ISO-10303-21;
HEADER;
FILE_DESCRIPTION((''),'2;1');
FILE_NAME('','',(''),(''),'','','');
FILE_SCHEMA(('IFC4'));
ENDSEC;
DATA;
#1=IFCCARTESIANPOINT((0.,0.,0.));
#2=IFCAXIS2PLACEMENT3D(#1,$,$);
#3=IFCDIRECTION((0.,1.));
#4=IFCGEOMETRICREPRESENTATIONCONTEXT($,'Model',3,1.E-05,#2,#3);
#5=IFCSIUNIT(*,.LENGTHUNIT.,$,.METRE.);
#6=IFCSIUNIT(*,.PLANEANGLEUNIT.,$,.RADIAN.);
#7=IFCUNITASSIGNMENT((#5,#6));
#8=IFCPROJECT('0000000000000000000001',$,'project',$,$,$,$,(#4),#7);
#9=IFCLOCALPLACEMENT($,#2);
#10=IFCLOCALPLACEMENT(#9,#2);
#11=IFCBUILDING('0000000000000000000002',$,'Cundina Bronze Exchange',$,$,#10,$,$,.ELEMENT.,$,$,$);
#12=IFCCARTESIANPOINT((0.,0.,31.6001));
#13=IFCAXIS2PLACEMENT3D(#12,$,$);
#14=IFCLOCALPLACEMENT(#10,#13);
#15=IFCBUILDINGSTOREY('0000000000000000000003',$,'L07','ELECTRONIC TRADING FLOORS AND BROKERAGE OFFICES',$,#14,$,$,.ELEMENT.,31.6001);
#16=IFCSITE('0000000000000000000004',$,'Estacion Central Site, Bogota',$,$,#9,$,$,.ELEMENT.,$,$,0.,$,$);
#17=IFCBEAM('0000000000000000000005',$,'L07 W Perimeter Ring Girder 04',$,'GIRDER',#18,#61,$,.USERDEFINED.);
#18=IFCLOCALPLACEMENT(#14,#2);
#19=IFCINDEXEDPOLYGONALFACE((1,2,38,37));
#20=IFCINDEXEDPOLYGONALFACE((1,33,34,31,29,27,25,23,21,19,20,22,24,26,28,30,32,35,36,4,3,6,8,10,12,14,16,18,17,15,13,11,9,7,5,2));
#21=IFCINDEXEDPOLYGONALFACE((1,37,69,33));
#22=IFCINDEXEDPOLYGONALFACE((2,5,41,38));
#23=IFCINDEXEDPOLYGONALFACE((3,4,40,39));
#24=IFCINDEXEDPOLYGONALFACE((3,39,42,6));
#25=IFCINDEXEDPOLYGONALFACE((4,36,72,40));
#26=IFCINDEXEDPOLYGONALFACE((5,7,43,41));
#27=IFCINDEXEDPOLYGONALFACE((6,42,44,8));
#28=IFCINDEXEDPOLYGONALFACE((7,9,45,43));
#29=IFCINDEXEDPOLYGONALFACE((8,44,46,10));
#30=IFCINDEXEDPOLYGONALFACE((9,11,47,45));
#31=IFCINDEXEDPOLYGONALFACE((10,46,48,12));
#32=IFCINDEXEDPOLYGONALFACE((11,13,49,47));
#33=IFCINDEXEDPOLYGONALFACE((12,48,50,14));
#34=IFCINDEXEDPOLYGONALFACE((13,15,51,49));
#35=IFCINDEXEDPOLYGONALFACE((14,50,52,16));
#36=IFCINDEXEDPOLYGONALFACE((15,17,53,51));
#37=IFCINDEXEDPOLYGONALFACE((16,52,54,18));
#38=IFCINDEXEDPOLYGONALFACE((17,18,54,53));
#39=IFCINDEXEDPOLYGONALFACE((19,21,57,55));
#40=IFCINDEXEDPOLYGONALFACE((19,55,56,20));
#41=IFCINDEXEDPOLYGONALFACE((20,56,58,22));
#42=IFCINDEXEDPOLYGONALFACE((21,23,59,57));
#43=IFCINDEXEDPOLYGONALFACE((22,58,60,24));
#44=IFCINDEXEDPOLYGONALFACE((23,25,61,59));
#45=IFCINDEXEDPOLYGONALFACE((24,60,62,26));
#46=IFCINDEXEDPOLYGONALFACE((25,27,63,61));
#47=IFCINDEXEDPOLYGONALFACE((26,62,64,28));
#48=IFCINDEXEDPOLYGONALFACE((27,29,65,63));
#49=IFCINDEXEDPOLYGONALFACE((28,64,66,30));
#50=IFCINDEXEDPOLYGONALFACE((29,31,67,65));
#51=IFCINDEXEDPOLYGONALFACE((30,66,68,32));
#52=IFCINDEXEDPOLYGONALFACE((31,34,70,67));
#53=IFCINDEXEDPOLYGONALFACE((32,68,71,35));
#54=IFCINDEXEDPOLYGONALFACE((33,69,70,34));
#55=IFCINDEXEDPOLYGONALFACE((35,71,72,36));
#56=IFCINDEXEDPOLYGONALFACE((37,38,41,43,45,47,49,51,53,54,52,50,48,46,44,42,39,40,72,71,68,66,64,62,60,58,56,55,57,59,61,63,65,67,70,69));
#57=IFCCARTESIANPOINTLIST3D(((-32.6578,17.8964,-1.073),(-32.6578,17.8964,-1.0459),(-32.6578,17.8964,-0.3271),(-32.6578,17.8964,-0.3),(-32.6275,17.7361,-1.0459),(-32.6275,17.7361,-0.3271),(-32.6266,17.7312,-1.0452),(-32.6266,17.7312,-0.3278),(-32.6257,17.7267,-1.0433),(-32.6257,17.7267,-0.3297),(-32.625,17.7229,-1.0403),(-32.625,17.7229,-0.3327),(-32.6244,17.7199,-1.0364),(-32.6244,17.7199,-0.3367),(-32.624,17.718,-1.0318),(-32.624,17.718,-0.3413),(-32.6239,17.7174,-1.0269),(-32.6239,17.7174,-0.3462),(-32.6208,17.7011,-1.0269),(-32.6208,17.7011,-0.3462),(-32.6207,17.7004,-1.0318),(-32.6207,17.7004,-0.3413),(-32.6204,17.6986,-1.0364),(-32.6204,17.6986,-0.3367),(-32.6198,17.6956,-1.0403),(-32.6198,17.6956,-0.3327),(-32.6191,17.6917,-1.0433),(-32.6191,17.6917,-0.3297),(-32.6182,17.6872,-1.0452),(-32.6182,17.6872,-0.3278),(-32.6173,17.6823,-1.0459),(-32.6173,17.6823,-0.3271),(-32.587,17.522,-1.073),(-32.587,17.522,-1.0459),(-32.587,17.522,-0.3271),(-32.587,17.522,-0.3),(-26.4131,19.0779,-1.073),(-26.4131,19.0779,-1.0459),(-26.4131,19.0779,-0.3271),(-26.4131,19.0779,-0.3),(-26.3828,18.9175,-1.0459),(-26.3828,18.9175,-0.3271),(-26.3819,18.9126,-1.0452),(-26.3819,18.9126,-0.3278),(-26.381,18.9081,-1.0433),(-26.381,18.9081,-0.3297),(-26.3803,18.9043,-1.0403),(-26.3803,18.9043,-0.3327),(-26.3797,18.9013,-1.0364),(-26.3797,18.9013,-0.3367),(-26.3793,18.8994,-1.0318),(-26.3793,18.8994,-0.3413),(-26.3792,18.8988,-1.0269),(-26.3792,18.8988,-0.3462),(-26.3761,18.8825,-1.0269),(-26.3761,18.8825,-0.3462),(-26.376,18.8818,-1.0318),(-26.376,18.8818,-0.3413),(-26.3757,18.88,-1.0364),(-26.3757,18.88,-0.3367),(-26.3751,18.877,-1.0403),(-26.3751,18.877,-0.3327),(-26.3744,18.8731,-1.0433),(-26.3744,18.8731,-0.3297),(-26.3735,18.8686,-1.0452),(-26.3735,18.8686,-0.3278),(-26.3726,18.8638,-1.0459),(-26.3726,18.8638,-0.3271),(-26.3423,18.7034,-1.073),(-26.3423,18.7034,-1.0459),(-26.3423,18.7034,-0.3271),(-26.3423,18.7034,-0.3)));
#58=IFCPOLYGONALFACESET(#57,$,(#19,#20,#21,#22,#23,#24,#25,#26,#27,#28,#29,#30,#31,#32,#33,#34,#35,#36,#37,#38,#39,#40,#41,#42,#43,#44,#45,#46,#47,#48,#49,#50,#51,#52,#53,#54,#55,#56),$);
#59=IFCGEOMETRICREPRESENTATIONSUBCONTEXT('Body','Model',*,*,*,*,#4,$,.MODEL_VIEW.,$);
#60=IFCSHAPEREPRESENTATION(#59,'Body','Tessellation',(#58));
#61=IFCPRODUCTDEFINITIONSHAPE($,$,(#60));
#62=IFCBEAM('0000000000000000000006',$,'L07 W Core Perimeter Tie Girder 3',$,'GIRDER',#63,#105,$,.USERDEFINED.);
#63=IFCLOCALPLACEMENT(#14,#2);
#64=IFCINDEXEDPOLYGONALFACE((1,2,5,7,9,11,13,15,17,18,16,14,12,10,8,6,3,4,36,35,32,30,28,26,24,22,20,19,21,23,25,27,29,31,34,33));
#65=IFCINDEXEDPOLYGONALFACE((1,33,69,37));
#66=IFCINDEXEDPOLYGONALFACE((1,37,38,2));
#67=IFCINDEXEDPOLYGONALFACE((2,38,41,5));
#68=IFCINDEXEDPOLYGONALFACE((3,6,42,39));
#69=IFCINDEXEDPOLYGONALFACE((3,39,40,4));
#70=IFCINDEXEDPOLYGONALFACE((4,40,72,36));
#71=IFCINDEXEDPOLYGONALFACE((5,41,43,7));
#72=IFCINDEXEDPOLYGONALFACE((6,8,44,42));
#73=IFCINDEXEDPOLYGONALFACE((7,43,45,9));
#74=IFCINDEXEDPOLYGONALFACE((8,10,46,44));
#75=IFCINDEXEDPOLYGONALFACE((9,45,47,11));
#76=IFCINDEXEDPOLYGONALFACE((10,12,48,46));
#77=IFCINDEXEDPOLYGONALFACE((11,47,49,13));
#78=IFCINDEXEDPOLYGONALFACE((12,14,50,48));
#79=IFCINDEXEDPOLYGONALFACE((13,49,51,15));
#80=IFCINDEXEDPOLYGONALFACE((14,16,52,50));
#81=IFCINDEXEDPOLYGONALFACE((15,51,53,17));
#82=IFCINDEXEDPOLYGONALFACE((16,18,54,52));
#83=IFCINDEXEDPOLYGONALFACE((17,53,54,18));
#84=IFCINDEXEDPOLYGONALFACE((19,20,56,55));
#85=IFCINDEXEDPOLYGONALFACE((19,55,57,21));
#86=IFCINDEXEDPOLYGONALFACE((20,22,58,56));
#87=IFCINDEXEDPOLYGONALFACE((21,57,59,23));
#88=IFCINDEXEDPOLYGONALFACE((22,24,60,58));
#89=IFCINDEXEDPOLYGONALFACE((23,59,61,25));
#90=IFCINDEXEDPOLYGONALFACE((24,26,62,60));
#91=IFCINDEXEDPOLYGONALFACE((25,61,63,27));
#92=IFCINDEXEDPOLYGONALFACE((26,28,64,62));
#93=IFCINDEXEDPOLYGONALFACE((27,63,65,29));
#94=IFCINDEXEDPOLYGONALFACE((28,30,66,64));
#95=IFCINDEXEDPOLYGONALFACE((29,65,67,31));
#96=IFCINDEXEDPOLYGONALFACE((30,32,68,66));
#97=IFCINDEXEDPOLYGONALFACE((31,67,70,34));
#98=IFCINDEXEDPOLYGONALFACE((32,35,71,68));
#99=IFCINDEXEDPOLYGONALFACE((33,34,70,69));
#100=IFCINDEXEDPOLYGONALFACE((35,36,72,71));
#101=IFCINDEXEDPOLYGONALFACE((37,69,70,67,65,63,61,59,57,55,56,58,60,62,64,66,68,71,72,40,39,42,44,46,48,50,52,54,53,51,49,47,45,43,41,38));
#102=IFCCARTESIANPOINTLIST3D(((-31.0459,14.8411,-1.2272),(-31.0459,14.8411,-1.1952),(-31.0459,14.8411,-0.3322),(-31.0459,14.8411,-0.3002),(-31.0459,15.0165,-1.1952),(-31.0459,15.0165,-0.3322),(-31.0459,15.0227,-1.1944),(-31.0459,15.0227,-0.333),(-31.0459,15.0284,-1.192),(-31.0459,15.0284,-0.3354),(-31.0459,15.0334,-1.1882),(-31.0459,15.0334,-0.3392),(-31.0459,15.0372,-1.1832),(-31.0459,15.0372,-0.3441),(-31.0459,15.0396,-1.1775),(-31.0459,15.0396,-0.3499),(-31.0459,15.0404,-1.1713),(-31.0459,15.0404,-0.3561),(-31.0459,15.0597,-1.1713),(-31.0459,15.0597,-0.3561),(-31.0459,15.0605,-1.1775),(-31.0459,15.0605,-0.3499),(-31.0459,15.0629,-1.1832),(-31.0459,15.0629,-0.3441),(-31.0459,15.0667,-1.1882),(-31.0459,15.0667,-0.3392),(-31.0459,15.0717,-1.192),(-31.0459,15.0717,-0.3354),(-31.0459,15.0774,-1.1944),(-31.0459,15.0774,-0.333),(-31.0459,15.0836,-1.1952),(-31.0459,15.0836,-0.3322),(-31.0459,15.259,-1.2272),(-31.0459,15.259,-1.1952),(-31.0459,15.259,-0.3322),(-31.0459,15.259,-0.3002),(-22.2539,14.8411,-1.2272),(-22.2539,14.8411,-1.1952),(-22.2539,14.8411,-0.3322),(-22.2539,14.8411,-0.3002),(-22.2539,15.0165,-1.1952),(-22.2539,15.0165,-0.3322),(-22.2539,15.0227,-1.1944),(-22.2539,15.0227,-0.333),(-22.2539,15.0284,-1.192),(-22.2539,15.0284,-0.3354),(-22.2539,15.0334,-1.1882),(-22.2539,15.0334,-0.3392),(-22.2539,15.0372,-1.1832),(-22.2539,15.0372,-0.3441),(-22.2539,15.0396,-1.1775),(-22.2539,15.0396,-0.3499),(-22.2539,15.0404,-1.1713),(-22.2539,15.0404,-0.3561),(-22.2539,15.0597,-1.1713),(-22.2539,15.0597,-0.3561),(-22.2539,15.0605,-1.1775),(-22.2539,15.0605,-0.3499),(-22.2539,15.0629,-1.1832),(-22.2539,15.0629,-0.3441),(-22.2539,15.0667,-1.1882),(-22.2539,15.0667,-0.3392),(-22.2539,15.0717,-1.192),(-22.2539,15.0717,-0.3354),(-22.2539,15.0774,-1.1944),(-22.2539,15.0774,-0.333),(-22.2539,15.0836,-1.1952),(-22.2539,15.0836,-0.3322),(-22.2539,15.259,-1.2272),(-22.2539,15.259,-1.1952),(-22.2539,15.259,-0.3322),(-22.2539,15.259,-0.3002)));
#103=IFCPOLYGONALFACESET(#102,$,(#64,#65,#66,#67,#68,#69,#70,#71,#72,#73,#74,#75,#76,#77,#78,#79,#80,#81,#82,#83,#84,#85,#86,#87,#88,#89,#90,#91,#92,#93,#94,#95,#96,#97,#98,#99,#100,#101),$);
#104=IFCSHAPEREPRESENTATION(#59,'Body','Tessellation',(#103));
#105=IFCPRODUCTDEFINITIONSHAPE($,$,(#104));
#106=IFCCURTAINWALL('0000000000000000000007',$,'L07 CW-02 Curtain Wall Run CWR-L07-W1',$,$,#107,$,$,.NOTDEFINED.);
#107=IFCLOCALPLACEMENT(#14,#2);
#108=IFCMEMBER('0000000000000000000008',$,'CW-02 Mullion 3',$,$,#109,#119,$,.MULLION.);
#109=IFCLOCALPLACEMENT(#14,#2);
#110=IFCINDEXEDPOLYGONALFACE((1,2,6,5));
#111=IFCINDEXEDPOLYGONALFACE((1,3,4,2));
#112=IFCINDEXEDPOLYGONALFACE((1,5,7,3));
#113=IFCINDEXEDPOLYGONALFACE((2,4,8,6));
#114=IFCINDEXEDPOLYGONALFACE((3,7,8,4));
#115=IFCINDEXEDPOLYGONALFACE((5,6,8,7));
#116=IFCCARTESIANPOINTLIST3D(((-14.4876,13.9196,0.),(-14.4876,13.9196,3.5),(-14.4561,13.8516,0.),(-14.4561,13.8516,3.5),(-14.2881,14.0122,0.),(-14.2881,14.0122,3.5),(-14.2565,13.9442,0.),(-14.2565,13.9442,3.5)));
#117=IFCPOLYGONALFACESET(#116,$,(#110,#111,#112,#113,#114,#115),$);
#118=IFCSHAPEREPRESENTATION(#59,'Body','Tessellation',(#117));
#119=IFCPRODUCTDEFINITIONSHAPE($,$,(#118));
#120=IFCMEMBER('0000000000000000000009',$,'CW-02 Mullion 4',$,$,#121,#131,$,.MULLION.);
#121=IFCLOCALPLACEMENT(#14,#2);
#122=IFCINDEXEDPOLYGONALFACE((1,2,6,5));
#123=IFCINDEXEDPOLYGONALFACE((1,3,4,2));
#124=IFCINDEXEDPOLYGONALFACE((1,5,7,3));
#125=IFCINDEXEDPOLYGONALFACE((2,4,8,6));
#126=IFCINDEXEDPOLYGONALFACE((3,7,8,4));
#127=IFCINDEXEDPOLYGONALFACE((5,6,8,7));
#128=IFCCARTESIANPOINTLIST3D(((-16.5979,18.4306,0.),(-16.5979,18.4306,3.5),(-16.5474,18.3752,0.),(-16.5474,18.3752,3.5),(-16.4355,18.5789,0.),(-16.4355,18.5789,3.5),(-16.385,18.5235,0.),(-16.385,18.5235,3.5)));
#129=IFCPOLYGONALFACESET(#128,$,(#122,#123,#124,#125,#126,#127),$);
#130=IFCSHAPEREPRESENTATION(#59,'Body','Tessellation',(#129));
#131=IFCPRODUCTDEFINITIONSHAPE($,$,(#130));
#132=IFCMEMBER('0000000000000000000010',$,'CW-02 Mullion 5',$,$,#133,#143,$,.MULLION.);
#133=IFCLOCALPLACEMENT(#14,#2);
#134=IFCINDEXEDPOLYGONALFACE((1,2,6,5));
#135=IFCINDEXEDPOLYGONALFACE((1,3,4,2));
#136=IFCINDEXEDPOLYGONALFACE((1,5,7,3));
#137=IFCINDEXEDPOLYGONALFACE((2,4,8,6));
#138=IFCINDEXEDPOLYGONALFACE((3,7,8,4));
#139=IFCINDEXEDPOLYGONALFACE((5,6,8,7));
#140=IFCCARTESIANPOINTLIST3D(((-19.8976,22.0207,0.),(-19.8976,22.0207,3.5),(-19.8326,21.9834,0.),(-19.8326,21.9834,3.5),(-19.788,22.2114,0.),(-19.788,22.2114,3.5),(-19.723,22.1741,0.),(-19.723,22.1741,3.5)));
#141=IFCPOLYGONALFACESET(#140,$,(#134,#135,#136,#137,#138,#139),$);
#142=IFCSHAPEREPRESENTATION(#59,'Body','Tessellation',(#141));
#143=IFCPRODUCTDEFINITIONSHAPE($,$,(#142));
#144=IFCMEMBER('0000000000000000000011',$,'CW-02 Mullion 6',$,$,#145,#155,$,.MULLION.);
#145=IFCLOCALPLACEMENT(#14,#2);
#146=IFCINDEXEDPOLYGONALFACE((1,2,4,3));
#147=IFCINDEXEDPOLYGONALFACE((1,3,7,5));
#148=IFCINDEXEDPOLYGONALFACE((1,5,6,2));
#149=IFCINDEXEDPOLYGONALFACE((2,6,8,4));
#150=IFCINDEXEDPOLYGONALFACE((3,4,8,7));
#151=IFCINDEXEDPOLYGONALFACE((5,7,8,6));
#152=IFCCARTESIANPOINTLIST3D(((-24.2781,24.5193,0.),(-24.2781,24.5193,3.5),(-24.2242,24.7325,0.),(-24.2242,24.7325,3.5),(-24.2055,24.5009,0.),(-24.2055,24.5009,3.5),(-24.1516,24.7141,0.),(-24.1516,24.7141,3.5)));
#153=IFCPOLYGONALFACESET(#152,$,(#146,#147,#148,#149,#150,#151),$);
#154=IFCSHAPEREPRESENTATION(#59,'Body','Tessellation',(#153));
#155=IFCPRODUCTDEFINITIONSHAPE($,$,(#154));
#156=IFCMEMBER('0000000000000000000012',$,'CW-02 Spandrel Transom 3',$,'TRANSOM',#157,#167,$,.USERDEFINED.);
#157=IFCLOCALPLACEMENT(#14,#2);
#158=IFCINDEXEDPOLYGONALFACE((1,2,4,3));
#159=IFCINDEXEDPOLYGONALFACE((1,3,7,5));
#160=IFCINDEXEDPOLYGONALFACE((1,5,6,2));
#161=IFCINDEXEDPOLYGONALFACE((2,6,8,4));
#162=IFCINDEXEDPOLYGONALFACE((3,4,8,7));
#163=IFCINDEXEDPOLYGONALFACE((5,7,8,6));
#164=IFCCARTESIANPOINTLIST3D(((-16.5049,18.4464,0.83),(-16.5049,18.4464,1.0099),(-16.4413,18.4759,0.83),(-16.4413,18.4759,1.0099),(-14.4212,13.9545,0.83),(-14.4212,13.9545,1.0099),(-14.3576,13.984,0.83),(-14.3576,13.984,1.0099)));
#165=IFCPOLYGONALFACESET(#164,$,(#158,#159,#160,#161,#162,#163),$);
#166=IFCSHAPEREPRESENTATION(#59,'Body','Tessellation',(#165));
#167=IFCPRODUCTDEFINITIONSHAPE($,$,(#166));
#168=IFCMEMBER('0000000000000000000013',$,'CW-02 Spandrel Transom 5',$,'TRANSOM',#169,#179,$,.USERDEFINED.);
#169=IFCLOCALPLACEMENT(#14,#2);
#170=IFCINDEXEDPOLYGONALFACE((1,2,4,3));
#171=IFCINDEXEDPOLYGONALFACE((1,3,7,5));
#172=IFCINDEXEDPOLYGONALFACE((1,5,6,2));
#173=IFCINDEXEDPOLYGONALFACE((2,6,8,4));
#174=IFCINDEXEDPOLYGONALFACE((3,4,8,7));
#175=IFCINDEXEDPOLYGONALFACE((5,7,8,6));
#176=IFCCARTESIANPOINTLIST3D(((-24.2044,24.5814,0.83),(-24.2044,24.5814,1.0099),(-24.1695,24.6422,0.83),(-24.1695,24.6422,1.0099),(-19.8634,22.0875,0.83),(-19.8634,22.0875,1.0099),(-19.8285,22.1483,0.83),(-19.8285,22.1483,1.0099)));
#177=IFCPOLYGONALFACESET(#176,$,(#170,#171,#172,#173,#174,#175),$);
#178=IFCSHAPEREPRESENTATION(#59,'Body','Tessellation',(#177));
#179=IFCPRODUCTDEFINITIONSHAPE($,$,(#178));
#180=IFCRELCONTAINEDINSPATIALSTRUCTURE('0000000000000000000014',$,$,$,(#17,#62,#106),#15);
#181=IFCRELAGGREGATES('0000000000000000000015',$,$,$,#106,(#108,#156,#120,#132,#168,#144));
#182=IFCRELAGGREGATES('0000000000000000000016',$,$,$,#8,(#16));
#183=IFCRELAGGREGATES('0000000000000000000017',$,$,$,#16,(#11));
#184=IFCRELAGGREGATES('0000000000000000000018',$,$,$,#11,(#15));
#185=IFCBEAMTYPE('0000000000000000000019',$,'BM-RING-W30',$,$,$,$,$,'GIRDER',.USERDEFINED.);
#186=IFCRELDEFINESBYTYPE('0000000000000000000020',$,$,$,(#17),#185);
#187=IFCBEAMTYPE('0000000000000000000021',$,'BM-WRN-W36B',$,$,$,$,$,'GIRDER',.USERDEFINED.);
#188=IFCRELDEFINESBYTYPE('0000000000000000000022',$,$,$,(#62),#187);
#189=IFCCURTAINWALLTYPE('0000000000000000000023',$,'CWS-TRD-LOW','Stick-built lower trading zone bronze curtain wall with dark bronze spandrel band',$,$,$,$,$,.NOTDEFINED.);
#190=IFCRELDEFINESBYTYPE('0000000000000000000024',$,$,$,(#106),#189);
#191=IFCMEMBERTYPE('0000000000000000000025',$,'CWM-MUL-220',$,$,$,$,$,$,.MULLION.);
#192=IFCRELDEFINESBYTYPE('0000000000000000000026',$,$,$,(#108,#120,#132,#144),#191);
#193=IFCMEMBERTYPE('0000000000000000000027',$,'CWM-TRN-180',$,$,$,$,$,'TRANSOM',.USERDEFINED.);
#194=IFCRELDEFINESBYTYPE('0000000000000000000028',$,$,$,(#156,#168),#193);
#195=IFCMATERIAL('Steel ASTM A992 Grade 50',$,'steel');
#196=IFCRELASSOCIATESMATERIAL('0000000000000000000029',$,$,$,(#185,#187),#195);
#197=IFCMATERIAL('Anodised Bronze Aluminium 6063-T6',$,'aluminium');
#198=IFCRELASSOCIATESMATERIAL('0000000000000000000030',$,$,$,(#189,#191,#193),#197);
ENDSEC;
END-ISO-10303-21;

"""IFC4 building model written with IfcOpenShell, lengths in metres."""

from ifc_helpers import new_model, si_unit, direction, frame, origin, origin_2d, place, context, subcontext, project, spatial, rectangle, i_section, extrude, material, material_profile, profile_set, type_object, element, aggregate, save


model = new_model("IFC4")

# Units and contexts
model_context = context("Model", 3, precision=1e-05, world=origin(), true_north=direction((0.0, 1.0)))
body_context = subcontext(model_context, "Body", "Model", "MODEL_VIEW")
ifc_project = project(units=[si_unit("LENGTHUNIT", "METRE"), si_unit("PLANEANGLEUNIT", "RADIAN")], contexts=[model_context])

# Site, building, storey
site_placement = place(None, origin())
site = spatial("IfcSite", under=ifc_project, at=site_placement, Name="Estacion Central Site, Bogota", CompositionType="ELEMENT", RefElevation=0.0)
building_placement = place(site_placement, origin())
building = spatial("IfcBuilding", under=site, at=building_placement, Name="Cundina Bronze Exchange", CompositionType="ELEMENT")
storey_placement = place(building_placement, frame((0.0, 0.0, 31.6001)))
storey = spatial("IfcBuildingStorey", under=building, at=storey_placement, Name="L07", Description="ELECTRONIC TRADING FLOORS AND BROKERAGE OFFICES", CompositionType="ELEMENT", Elevation=31.6001)

# Shared definitions
ifc_material_1 = material(Name="Steel ASTM A992 Grade 50", Category="steel")

# Beams
ifc_material_profile_1 = material_profile(ifc_material_1, i_section(OverallWidth=0.3811, OverallDepth=0.7729, WebThickness=0.0166, FlangeThickness=0.0271, FilletRadius=0.019, at=origin_2d()), Name="W30X173", Category="steel")
ifc_profile_set_1 = profile_set([ifc_material_profile_1], Name="Steel ASTM A992 Grade 50")
beam_type_1 = type_object("IfcBeamType", Name="BM-RING-W30", ElementType="GIRDER", PredefinedType="USERDEFINED", material=ifc_profile_set_1)
beam_1_placement = place(storey_placement, frame((-26.3777, 18.8906, -0.6865), z_axis=(-0.982571, -0.185889, 0.0), x_axis=(0.185889, -0.982571, 0.0)))
element("IfcBeam", 1, at=beam_1_placement, inside=storey, type_object=beam_type_1, Name="L07 W Perimeter Ring Girder 04", ObjectType="GIRDER", PredefinedType="USERDEFINED", context=body_context, shape_type="SweptSolid", body=[
    extrude(i_section(OverallWidth=0.3811, OverallDepth=0.7729, WebThickness=0.0166, FlangeThickness=0.0271, FilletRadius=0.019, at=origin_2d()), origin(), (0.0, 0.0, 1.0), 6.3555),
])
ifc_material_profile_2 = material_profile(ifc_material_1, i_section(OverallWidth=0.418, OverallDepth=0.927, WebThickness=0.0193, FlangeThickness=0.032, FilletRadius=0.0239, at=origin_2d()), Name="W36X231", Category="steel")
ifc_profile_set_2 = profile_set([ifc_material_profile_2], Name="Steel ASTM A992 Grade 50")
beam_type_2 = type_object("IfcBeamType", Name="BM-WRN-W36B", ElementType="GIRDER", PredefinedType="USERDEFINED", material=ifc_profile_set_2)
beam_2_placement = place(storey_placement, frame((-22.2539, 15.05, -0.7637), z_axis=(-1.0, 0.0, 0.0), x_axis=(0.0, -1.0, 0.0)))
element("IfcBeam", 2, at=beam_2_placement, inside=storey, type_object=beam_type_2, Name="L07 W Core Perimeter Tie Girder 3", ObjectType="GIRDER", PredefinedType="USERDEFINED", context=body_context, shape_type="SweptSolid", body=[
    extrude(i_section(OverallWidth=0.418, OverallDepth=0.927, WebThickness=0.0193, FlangeThickness=0.032, FilletRadius=0.0239, at=origin_2d()), origin(), (0.0, 0.0, 1.0), 8.792),
])

# Curtain wall, members
ifc_material_2 = material(Name="Anodised Bronze Aluminium 6063-T6", Category="aluminium")
curtain_wall_type = type_object("IfcCurtainWallType", Name="CWS-TRD-LOW", Description="Stick-built lower trading zone bronze curtain wall with dark bronze spandrel band", PredefinedType="NOTDEFINED", material=ifc_material_2)
curtain_wall_placement = place(storey_placement, origin())
curtain_wall = element("IfcCurtainWall", 3, at=curtain_wall_placement, inside=storey, type_object=curtain_wall_type, Name="L07 CW-02 Curtain Wall Run CWR-L07-W1", PredefinedType="NOTDEFINED")
ifc_material_profile_3 = material_profile(ifc_material_2, rectangle(XDim=0.075, YDim=0.22, at=origin_2d()), Name="AL75X220", Category="aluminium")
ifc_profile_set_3 = profile_set([ifc_material_profile_3], Name="Anodised Bronze Aluminium 6063-T6")
member_type_1 = type_object("IfcMemberType", Name="CWM-MUL-220", PredefinedType="MULLION", material=ifc_profile_set_3)
member_1_placement = place(storey_placement, frame((-14.3721, 13.9319, 0.0), z_axis=(0.0, 0.0, 1.0), x_axis=(-0.420877, 0.907117, 0.0)))
member_1 = element("IfcMember", 4, at=member_1_placement, type_object=member_type_1, Name="CW-02 Mullion 3", PredefinedType="MULLION", context=body_context, shape_type="SweptSolid", body=[
    extrude(rectangle(XDim=0.075, YDim=0.22, at=origin_2d()), origin(), (0.0, 0.0, 1.0), 3.5),
])
member_2_placement = place(storey_placement, frame((-16.4915, 18.4771, 0.0), z_axis=(0.0, 0.0, 1.0), x_axis=(-0.674302, 0.738455, 0.0)))
member_2 = element("IfcMember", 5, at=member_2_placement, type_object=member_type_1, Name="CW-02 Mullion 4", PredefinedType="MULLION", context=body_context, shape_type="SweptSolid", body=[
    extrude(rectangle(XDim=0.075, YDim=0.22, at=origin_2d()), origin(), (0.0, 0.0, 1.0), 3.5),
])
member_3_placement = place(storey_placement, frame((-19.8103, 22.0974, 0.0), z_axis=(0.0, 0.0, 1.0), x_axis=(-0.867071, 0.498185, 0.0)))
member_3 = element("IfcMember", 6, at=member_3_placement, type_object=member_type_1, Name="CW-02 Mullion 5", PredefinedType="MULLION", context=body_context, shape_type="SweptSolid", body=[
    extrude(rectangle(XDim=0.075, YDim=0.22, at=origin_2d()), origin(), (0.0, 0.0, 1.0), 3.5),
])
member_4_placement = place(storey_placement, frame((-24.2148, 24.6167, 0.0), z_axis=(0.0, 0.0, 1.0), x_axis=(-0.969488, 0.245138, 0.0)))
member_4 = element("IfcMember", 7, at=member_4_placement, type_object=member_type_1, Name="CW-02 Mullion 6", PredefinedType="MULLION", context=body_context, shape_type="SweptSolid", body=[
    extrude(rectangle(XDim=0.075, YDim=0.22, at=origin_2d()), origin(), (0.0, 0.0, 1.0), 3.5),
])
ifc_material_profile_4 = material_profile(ifc_material_2, rectangle(XDim=0.0701, YDim=0.1799, at=origin_2d()), Name="AL70X180", Category="aluminium")
ifc_profile_set_4 = profile_set([ifc_material_profile_4], Name="Anodised Bronze Aluminium 6063-T6")
member_type_2 = type_object("IfcMemberType", Name="CWM-TRN-180", ElementType="TRANSOM", PredefinedType="USERDEFINED", material=ifc_profile_set_4)
member_5_placement = place(storey_placement, frame((-14.3894, 13.9692, 0.9199), z_axis=(-0.420811, 0.907148, 0.0), x_axis=(-0.907148, -0.420811, 0.0)))
member_5 = element("IfcMember", 8, at=member_5_placement, type_object=member_type_2, Name="CW-02 Spandrel Transom 3", ObjectType="TRANSOM", PredefinedType="USERDEFINED", context=body_context, shape_type="SweptSolid", body=[
    extrude(rectangle(XDim=0.0701, YDim=0.1799, at=origin_2d()), origin(), (0.0, 0.0, 1.0), 4.9517),
])
member_6_placement = place(storey_placement, frame((-19.8459, 22.1179, 0.9199), z_axis=(-0.867097, 0.498139, 0.0), x_axis=(-0.498139, -0.867097, 0.0)))
member_6 = element("IfcMember", 9, at=member_6_placement, type_object=member_type_2, Name="CW-02 Spandrel Transom 5", ObjectType="TRANSOM", PredefinedType="USERDEFINED", context=body_context, shape_type="SweptSolid", body=[
    extrude(rectangle(XDim=0.0701, YDim=0.1799, at=origin_2d()), origin(), (0.0, 0.0, 1.0), 5.0063),
])
aggregate(curtain_wall, [member_1, member_5, member_2, member_3, member_6, member_4])

save(model, "model.ifc")
